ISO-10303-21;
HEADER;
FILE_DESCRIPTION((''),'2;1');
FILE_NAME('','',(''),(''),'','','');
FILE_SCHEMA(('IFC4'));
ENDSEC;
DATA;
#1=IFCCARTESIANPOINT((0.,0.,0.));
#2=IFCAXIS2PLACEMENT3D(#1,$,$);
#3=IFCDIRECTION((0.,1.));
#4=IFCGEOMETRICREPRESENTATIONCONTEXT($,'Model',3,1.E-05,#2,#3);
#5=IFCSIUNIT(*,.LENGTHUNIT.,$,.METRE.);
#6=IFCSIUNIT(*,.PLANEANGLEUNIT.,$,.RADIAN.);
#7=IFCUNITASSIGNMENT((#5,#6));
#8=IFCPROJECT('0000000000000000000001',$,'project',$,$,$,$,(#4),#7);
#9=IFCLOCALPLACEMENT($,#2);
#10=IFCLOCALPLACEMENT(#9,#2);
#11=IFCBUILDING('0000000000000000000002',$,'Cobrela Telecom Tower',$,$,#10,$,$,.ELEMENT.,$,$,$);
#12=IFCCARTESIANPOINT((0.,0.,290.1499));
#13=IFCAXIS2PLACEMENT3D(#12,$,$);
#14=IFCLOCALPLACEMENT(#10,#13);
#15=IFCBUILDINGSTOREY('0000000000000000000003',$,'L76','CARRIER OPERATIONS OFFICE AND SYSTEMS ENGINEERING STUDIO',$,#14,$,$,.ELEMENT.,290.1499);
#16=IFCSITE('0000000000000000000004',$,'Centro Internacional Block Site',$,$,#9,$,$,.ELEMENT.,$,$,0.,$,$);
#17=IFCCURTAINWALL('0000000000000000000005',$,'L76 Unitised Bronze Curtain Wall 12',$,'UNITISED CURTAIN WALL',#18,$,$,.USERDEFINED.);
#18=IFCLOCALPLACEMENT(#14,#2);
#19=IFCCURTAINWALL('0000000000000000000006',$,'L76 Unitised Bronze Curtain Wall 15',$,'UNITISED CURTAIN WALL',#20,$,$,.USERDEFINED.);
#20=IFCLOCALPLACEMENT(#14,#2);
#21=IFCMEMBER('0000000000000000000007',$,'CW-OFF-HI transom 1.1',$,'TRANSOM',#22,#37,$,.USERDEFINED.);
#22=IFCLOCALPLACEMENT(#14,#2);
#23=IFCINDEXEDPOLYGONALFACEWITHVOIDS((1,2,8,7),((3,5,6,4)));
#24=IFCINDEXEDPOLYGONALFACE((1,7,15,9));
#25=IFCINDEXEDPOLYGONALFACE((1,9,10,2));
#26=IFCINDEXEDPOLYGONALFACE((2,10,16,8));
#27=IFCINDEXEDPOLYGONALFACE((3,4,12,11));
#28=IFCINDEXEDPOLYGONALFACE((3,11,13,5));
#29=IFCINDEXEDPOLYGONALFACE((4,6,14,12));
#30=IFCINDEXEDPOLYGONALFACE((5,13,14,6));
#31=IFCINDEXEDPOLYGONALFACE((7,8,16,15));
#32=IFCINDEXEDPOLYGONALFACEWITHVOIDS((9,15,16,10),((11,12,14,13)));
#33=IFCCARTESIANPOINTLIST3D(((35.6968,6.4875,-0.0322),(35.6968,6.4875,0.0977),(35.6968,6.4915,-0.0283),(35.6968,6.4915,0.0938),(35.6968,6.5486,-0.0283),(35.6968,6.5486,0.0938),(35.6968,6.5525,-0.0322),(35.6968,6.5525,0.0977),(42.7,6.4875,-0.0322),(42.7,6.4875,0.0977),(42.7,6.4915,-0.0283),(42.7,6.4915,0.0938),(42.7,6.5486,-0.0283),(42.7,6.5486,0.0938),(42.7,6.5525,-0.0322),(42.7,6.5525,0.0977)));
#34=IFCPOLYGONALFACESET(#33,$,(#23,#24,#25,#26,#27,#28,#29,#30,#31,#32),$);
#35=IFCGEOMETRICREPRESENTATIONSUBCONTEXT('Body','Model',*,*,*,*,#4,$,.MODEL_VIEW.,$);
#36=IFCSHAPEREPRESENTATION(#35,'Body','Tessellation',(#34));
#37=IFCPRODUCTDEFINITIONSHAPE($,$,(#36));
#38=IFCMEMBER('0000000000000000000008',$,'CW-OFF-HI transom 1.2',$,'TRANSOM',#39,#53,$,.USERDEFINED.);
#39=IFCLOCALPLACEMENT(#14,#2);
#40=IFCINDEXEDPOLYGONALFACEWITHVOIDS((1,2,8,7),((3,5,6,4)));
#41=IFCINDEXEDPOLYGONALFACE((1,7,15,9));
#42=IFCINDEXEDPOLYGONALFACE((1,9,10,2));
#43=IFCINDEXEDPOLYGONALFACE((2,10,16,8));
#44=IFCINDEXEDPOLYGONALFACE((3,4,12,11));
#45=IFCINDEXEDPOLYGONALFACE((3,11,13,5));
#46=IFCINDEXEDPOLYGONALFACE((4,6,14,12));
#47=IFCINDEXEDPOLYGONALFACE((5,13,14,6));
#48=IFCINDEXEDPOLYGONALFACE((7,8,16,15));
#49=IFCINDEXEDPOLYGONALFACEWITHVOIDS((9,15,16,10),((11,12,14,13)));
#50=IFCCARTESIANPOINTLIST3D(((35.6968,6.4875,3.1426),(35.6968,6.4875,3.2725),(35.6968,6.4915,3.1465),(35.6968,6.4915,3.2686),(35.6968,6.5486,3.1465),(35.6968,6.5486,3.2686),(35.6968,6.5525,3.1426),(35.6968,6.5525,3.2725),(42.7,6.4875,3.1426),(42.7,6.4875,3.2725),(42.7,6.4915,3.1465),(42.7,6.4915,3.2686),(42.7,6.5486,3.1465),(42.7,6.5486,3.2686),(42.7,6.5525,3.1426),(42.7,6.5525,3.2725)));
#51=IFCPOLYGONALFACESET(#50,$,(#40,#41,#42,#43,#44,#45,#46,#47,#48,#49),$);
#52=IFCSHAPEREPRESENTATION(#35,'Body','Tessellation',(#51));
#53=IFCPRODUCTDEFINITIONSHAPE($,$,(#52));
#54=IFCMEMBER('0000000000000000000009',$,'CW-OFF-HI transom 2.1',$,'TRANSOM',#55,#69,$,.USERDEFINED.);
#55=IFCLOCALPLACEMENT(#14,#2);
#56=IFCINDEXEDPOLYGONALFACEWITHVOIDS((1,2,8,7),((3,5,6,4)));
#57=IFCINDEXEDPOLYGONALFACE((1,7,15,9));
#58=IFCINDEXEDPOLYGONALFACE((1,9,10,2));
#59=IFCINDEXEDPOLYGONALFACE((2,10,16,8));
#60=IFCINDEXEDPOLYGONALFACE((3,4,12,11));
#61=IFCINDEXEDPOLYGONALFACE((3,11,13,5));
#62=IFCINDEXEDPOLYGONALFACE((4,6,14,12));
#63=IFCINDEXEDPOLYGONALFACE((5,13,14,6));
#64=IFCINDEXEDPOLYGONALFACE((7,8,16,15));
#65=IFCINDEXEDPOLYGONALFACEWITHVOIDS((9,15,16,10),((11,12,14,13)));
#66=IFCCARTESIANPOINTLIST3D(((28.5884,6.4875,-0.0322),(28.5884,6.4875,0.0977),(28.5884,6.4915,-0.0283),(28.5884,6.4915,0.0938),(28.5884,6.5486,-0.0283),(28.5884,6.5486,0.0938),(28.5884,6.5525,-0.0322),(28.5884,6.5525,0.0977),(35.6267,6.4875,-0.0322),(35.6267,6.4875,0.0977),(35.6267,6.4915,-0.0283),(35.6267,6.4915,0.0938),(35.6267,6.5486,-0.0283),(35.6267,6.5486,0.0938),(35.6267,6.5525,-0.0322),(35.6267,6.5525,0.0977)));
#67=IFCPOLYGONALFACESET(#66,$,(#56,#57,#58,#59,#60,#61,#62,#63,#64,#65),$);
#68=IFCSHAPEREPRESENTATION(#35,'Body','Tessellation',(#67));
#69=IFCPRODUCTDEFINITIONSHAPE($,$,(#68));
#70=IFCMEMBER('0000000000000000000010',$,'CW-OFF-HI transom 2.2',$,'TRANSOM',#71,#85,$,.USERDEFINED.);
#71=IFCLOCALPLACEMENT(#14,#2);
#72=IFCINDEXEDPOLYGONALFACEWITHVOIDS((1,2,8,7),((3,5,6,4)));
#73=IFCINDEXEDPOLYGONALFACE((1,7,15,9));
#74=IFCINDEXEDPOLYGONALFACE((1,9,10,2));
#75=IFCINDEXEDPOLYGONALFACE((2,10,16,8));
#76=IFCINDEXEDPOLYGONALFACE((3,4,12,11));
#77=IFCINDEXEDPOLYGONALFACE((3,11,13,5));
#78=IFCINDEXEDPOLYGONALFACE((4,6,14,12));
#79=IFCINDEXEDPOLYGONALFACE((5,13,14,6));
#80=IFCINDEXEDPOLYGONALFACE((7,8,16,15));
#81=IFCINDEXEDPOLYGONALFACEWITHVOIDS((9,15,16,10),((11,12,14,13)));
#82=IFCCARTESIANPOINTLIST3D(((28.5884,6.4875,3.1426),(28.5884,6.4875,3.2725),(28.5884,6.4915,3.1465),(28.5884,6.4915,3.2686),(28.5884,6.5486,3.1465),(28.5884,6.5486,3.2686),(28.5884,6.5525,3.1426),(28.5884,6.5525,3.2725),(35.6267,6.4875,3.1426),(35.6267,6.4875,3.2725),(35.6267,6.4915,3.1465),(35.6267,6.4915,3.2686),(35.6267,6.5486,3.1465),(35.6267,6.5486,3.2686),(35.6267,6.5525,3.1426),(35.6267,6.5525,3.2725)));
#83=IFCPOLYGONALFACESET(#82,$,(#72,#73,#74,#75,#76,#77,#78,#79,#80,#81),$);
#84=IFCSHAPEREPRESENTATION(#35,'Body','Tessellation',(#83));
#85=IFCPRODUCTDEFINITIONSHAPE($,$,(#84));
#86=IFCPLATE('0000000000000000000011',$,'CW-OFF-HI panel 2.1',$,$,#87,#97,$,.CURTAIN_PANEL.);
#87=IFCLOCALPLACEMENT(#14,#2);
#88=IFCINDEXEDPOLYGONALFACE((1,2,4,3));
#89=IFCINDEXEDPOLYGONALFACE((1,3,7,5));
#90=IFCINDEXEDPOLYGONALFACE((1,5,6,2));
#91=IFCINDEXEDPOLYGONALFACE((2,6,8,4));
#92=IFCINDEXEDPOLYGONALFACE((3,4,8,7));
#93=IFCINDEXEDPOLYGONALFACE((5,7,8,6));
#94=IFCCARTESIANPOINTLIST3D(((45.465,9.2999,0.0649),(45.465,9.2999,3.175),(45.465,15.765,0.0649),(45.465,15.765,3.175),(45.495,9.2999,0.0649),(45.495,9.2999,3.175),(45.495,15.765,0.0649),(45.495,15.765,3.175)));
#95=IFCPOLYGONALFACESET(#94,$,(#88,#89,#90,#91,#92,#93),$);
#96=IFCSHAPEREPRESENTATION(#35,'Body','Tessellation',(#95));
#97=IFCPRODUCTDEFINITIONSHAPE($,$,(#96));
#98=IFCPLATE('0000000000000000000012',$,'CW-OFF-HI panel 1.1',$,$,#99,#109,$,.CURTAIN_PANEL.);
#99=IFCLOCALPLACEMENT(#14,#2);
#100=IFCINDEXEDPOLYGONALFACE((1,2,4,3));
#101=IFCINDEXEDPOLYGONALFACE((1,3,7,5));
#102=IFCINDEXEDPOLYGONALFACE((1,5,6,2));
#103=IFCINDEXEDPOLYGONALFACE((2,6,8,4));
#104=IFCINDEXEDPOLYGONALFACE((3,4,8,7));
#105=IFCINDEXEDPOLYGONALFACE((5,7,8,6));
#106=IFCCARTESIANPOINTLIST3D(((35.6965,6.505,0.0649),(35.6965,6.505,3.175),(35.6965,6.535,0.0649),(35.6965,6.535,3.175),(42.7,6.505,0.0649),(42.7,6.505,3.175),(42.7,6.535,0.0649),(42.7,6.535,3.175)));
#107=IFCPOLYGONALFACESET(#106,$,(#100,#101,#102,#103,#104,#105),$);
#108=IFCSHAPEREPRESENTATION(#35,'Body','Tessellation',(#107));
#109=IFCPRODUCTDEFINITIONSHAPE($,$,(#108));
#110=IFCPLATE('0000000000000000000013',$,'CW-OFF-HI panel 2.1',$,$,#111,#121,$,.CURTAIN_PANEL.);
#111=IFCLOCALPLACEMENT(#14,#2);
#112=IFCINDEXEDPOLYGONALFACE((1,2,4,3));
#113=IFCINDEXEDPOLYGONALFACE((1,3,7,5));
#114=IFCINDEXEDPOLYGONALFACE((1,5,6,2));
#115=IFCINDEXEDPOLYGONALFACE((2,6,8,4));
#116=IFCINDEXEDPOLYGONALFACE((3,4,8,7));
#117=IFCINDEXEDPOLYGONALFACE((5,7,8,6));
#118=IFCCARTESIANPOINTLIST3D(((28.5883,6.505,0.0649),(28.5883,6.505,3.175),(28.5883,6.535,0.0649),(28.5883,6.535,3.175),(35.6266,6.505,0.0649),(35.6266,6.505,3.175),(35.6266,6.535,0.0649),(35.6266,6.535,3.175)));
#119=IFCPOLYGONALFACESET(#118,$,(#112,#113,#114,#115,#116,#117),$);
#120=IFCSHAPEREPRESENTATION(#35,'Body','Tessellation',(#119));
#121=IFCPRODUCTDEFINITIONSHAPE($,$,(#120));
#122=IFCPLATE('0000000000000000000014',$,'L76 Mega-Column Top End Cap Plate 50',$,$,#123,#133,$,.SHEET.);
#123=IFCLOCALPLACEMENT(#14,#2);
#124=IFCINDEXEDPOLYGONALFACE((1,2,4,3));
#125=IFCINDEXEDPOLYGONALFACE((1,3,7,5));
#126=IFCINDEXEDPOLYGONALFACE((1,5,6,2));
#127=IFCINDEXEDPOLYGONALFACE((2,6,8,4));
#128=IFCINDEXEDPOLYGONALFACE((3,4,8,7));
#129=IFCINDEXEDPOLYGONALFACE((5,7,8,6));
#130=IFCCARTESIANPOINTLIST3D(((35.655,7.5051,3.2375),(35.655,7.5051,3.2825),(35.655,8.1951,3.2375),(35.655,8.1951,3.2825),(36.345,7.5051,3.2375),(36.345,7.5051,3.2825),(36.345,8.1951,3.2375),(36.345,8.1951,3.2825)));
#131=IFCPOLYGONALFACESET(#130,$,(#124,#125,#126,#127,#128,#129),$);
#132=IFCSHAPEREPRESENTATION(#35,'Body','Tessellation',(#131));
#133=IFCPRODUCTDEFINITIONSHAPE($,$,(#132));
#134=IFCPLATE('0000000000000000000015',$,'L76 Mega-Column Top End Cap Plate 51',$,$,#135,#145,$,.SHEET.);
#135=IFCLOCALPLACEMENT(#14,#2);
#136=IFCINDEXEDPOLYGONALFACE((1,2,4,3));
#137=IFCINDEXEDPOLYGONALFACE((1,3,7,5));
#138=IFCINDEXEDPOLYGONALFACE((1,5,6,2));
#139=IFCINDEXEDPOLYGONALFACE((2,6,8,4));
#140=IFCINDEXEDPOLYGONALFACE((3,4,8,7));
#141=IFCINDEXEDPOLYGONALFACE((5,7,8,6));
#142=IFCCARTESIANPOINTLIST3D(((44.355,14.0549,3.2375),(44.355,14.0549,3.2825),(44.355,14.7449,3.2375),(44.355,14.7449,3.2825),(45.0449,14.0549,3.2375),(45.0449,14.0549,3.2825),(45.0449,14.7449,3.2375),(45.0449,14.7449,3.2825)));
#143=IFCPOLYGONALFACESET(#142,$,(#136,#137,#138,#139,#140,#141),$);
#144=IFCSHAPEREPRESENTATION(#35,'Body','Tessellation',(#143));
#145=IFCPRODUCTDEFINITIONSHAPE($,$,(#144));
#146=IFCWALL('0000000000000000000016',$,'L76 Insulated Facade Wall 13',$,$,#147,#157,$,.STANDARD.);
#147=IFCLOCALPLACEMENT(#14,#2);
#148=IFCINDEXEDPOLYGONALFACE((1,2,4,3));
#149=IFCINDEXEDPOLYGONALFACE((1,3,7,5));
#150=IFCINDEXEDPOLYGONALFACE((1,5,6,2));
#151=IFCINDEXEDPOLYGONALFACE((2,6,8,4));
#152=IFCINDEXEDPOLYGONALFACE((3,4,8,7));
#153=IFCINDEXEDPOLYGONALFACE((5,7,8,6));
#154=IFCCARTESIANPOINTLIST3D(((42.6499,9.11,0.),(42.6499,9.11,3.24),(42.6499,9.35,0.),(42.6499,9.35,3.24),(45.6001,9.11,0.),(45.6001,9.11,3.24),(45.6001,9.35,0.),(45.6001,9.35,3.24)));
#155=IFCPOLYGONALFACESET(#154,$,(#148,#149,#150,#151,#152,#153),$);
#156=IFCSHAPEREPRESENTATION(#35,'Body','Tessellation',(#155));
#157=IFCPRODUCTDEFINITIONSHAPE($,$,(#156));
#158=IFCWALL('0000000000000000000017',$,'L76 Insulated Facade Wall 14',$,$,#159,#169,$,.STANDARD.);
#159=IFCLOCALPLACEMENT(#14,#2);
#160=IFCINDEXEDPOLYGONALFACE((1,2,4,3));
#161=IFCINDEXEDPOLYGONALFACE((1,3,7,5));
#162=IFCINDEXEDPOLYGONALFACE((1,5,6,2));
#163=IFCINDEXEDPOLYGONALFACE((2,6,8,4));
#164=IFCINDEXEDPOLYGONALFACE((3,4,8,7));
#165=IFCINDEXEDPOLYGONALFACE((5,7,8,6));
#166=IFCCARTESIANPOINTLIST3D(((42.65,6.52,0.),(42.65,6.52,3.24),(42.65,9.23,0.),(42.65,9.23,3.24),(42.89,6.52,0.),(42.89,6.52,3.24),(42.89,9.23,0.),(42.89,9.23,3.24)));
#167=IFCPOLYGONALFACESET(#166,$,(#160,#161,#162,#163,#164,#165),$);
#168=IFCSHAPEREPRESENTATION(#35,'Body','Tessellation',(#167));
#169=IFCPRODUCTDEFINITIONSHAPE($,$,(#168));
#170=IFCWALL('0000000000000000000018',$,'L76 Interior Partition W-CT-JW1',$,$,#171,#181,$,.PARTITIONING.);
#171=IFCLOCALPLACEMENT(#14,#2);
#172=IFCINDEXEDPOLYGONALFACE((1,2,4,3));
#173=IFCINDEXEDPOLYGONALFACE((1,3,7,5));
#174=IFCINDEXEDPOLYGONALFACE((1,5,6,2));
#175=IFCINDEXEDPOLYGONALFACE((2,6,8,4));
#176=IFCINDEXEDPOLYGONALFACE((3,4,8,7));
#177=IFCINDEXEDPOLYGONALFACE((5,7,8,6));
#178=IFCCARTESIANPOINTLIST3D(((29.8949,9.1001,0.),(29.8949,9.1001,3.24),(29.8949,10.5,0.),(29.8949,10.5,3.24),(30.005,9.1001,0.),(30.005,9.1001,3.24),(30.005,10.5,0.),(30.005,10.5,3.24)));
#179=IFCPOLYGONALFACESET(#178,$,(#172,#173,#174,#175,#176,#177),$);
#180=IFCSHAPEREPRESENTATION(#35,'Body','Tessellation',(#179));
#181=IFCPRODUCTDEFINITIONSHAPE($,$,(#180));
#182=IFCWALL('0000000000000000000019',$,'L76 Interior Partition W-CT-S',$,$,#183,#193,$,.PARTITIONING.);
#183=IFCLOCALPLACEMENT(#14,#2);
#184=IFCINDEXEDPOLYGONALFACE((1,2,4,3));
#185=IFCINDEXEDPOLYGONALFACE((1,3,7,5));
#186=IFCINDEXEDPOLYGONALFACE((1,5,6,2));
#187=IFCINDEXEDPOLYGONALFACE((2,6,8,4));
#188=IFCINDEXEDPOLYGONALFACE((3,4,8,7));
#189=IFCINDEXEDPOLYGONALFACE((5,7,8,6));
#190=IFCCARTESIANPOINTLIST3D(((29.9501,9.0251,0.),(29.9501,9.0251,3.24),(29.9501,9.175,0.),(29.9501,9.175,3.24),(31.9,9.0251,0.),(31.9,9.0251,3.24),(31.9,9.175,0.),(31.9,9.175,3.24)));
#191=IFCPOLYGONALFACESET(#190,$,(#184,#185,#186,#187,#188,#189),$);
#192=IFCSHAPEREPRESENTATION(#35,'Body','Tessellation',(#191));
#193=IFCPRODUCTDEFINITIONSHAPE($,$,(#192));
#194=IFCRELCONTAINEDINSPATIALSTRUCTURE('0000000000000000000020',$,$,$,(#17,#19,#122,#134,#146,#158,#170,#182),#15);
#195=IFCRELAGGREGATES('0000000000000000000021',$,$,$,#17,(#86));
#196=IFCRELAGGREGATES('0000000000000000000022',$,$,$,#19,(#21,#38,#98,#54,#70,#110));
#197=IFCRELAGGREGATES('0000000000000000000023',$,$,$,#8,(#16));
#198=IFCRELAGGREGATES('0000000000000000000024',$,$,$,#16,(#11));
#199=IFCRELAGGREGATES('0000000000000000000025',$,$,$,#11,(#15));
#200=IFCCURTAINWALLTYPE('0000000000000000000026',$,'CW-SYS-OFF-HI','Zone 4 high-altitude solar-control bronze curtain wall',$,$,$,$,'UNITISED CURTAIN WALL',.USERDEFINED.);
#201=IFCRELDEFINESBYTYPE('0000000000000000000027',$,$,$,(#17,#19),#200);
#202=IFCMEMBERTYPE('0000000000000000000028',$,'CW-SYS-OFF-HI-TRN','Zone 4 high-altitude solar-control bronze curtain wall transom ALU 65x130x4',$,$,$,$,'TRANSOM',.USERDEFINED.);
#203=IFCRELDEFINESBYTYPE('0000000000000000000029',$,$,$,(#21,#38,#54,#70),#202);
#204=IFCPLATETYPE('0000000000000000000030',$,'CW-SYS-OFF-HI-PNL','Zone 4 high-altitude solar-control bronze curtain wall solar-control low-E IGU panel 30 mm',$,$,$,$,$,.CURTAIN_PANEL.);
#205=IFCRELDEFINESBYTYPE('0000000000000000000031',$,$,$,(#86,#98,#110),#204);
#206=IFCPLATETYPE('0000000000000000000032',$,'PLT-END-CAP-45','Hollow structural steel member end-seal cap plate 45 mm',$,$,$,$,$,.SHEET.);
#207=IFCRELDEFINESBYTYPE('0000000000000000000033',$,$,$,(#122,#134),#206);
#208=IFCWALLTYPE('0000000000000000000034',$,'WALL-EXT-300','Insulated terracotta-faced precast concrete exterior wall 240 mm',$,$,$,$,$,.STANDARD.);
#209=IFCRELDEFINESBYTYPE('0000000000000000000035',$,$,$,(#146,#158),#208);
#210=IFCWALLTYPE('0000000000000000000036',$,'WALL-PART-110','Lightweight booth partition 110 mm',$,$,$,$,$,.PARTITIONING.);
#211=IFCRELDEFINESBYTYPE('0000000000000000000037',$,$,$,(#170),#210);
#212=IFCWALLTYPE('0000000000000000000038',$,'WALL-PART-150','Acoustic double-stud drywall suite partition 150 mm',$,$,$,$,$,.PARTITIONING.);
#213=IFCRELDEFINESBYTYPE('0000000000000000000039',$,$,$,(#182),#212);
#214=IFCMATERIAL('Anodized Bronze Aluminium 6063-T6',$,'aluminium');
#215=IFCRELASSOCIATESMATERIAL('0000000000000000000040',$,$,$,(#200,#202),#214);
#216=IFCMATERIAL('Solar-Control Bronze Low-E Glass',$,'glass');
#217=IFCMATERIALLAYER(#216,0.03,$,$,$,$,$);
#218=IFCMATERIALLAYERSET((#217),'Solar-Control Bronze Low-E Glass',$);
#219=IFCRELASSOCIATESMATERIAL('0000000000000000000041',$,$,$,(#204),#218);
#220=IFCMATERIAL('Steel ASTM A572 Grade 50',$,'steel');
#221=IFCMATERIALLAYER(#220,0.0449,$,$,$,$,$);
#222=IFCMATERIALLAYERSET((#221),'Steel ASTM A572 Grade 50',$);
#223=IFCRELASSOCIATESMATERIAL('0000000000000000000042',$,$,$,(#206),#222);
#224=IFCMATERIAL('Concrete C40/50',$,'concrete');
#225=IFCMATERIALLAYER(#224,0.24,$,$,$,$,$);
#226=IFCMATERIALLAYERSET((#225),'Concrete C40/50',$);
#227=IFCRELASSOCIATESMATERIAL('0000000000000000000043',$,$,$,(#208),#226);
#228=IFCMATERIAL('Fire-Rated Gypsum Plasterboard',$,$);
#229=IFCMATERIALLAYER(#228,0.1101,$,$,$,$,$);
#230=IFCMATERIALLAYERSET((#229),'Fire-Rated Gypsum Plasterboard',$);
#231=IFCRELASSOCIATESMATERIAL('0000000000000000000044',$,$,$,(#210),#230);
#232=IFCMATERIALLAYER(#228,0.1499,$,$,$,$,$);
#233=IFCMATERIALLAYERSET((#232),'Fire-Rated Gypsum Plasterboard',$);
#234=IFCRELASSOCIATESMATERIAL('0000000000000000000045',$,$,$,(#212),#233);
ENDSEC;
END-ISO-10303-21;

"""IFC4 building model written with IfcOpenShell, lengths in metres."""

from ifc_helpers import new_model, si_unit, direction, frame, frame_2d, origin, origin_2d, place, context, subcontext, project, spatial, rectangle, hollow_rectangle, extrude, material, layer, layer_set, material_profile, profile_set, type_object, element, aggregate, save


model = new_model("IFC4")

# Units and contexts
model_context = context("Model", 3, precision=1e-05, world=origin(), true_north=direction((0.0, 1.0)))
body_context = subcontext(model_context, "Body", "Model", "MODEL_VIEW")
ifc_project = project(units=[si_unit("LENGTHUNIT", "METRE"), si_unit("PLANEANGLEUNIT", "RADIAN")], contexts=[model_context])

# Site, building, storey
site_placement = place(None, origin())
site = spatial("IfcSite", under=ifc_project, at=site_placement, Name="Centro Internacional Block Site", CompositionType="ELEMENT", RefElevation=0.0)
building_placement = place(site_placement, origin())
building = spatial("IfcBuilding", under=site, at=building_placement, Name="Cobrela Telecom Tower", CompositionType="ELEMENT")
storey_placement = place(building_placement, frame((0.0, 0.0, 290.1499)))
storey = spatial("IfcBuildingStorey", under=building, at=storey_placement, Name="L76", Description="CARRIER OPERATIONS OFFICE AND SYSTEMS ENGINEERING STUDIO", CompositionType="ELEMENT", Elevation=290.1499)

# Shared definitions
ifc_material_1 = material(Name="Steel ASTM A572 Grade 50", Category="steel")

# Curtain wall
ifc_material_2 = material(Name="Anodized Bronze Aluminium 6063-T6", Category="aluminium")
curtain_wall_type = type_object("IfcCurtainWallType", Name="CW-SYS-OFF-HI", Description="Zone 4 high-altitude solar-control bronze curtain wall", ElementType="UNITISED CURTAIN WALL", PredefinedType="USERDEFINED", material=ifc_material_2)
curtain_wall_1_placement = place(storey_placement, origin())
curtain_wall_1 = element("IfcCurtainWall", 1, at=curtain_wall_1_placement, inside=storey, type_object=curtain_wall_type, Name="L76 Unitised Bronze Curtain Wall 12", ObjectType="UNITISED CURTAIN WALL", PredefinedType="USERDEFINED")

# Curtain wall, members
curtain_wall_2_placement = place(storey_placement, origin())
curtain_wall_2 = element("IfcCurtainWall", 2, at=curtain_wall_2_placement, inside=storey, type_object=curtain_wall_type, Name="L76 Unitised Bronze Curtain Wall 15", ObjectType="UNITISED CURTAIN WALL", PredefinedType="USERDEFINED")
ifc_material_profile_1 = material_profile(ifc_material_2, hollow_rectangle(XDim=0.0649, YDim=0.1299, WallThickness=0.0039, at=origin_2d()), Name="ALU 65x130x4")
ifc_profile_set_1 = profile_set([ifc_material_profile_1], Name="Anodized Bronze Aluminium 6063-T6")
member_type_1 = type_object("IfcMemberType", Name="CW-SYS-OFF-HI-TRN", Description="Zone 4 high-altitude solar-control bronze curtain wall transom ALU 65x130x4", ElementType="TRANSOM", PredefinedType="USERDEFINED", material=ifc_profile_set_1)
member_1_placement = place(storey_placement, frame((42.7, 6.52, 0.0327), z_axis=(-1.0, 0.0, 0.0), x_axis=(0.0, -1.0, 0.0)))
member_1 = element("IfcMember", 3, at=member_1_placement, type_object=member_type_1, Name="CW-OFF-HI transom 1.1", ObjectType="TRANSOM", PredefinedType="USERDEFINED", context=body_context, shape_type="SweptSolid", body=[
    extrude(hollow_rectangle(XDim=0.0649, YDim=0.1299, WallThickness=0.0039, at=origin_2d()), origin(), (0.0, 0.0, 1.0), 7.0032),
])
member_2_placement = place(storey_placement, frame((42.7, 6.52, 3.2075), z_axis=(-1.0, 0.0, 0.0), x_axis=(0.0, -1.0, 0.0)))
member_2 = element("IfcMember", 4, at=member_2_placement, type_object=member_type_1, Name="CW-OFF-HI transom 1.2", ObjectType="TRANSOM", PredefinedType="USERDEFINED", context=body_context, shape_type="SweptSolid", body=[
    extrude(hollow_rectangle(XDim=0.0649, YDim=0.1299, WallThickness=0.0039, at=origin_2d()), origin(), (0.0, 0.0, 1.0), 7.0032),
])
member_3_placement = place(storey_placement, frame((35.6267, 6.52, 0.0327), z_axis=(-1.0, 0.0, 0.0), x_axis=(0.0, -1.0, 0.0)))
member_3 = element("IfcMember", 5, at=member_3_placement, type_object=member_type_1, Name="CW-OFF-HI transom 2.1", ObjectType="TRANSOM", PredefinedType="USERDEFINED", context=body_context, shape_type="SweptSolid", body=[
    extrude(hollow_rectangle(XDim=0.0649, YDim=0.1299, WallThickness=0.0039, at=origin_2d()), origin(), (0.0, 0.0, 1.0), 7.0383),
])
member_4_placement = place(storey_placement, frame((35.6267, 6.52, 3.2075), z_axis=(-1.0, 0.0, 0.0), x_axis=(0.0, -1.0, 0.0)))
member_4 = element("IfcMember", 6, at=member_4_placement, type_object=member_type_1, Name="CW-OFF-HI transom 2.2", ObjectType="TRANSOM", PredefinedType="USERDEFINED", context=body_context, shape_type="SweptSolid", body=[
    extrude(hollow_rectangle(XDim=0.0649, YDim=0.1299, WallThickness=0.0039, at=origin_2d()), origin(), (0.0, 0.0, 1.0), 7.0383),
])

# Plates
ifc_material_3 = material(Name="Solar-Control Bronze Low-E Glass", Category="glass")
ifc_layer_1 = layer(ifc_material_3, 0.03)
ifc_layer_set_1 = layer_set([ifc_layer_1], Name="Solar-Control Bronze Low-E Glass")
plate_type_1 = type_object("IfcPlateType", Name="CW-SYS-OFF-HI-PNL", Description="Zone 4 high-altitude solar-control bronze curtain wall solar-control low-E IGU panel 30 mm", PredefinedType="CURTAIN_PANEL", material=ifc_layer_set_1)
plate_1_placement = place(storey_placement, frame((45.48, 12.5325, 0.0649), z_axis=(0.0, 0.0, 1.0), x_axis=(0.0, -1.0, 0.0)))
plate_1 = element("IfcPlate", 7, at=plate_1_placement, type_object=plate_type_1, Name="CW-OFF-HI panel 2.1", PredefinedType="CURTAIN_PANEL", context=body_context, shape_type="SweptSolid", body=[
    extrude(rectangle(XDim=6.4651, YDim=0.03, at=origin_2d()), origin(), (0.0, 0.0, 1.0), 3.1101),
])
aggregate(curtain_wall_1, [plate_1])
plate_2_placement = place(storey_placement, frame((39.1982, 6.52, 0.0649), z_axis=(0.0, 0.0, 1.0), x_axis=(-1.0, 0.0, 0.0)))
plate_2 = element("IfcPlate", 8, at=plate_2_placement, type_object=plate_type_1, Name="CW-OFF-HI panel 1.1", PredefinedType="CURTAIN_PANEL", context=body_context, shape_type="SweptSolid", body=[
    extrude(rectangle(XDim=7.0034, YDim=0.03, at=origin_2d()), origin(), (0.0, 0.0, 1.0), 3.1101),
])
plate_3_placement = place(storey_placement, frame((32.1074, 6.52, 0.0649), z_axis=(0.0, 0.0, 1.0), x_axis=(-1.0, 0.0, 0.0)))
plate_3 = element("IfcPlate", 9, at=plate_3_placement, type_object=plate_type_1, Name="CW-OFF-HI panel 2.1", PredefinedType="CURTAIN_PANEL", context=body_context, shape_type="SweptSolid", body=[
    extrude(rectangle(XDim=7.0383, YDim=0.03, at=origin_2d()), origin(), (0.0, 0.0, 1.0), 3.1101),
])
aggregate(curtain_wall_2, [member_1, member_2, plate_2, member_3, member_4, plate_3])

# Plates
ifc_layer_2 = layer(ifc_material_1, 0.0449)
ifc_layer_set_2 = layer_set([ifc_layer_2], Name="Steel ASTM A572 Grade 50")
plate_type_2 = type_object("IfcPlateType", Name="PLT-END-CAP-45", Description="Hollow structural steel member end-seal cap plate 45 mm", PredefinedType="SHEET", material=ifc_layer_set_2)
for number, where, z_axis, x_axis, name in (
    (10, (36.0, 7.8501, 3.2375), (0.0, 0.0, 1.0), (1.0, 0.0, 0.0), "L76 Mega-Column Top End Cap Plate 50"),
    (11, (44.7, 14.3999, 3.2375), (0.0, 0.0, 1.0), (1.0, 0.0, 0.0), "L76 Mega-Column Top End Cap Plate 51"),
):
    element("IfcPlate", number, at=place(storey_placement, frame(where, z_axis=z_axis, x_axis=x_axis)), inside=storey, type_object=plate_type_2, Name=name, PredefinedType="SHEET", context=body_context, shape_type="SweptSolid", body=[
        extrude(rectangle(XDim=0.6899, YDim=0.6899, at=origin_2d()), origin(), (0.0, 0.0, 1.0), 0.0449),
    ])

# Walls
ifc_material_4 = material(Name="Concrete C40/50", Category="concrete")
ifc_layer_3 = layer(ifc_material_4, 0.24)
ifc_layer_set_3 = layer_set([ifc_layer_3], Name="Concrete C40/50")
wall_type_1 = type_object("IfcWallType", Name="WALL-EXT-300", Description="Insulated terracotta-faced precast concrete exterior wall 240 mm", PredefinedType="STANDARD", material=ifc_layer_set_3)
wall_1_placement = place(storey_placement, frame((45.6001, 9.23, 0.0), z_axis=(0.0, 0.0, 1.0), x_axis=(-1.0, 0.0, 0.0)))
element("IfcWall", 12, at=wall_1_placement, inside=storey, type_object=wall_type_1, Name="L76 Insulated Facade Wall 13", PredefinedType="STANDARD", context=body_context, shape_type="SweptSolid", body=[
    extrude(rectangle(XDim=2.9502, YDim=0.24, at=frame_2d((1.4751, 0.0))), origin(), (0.0, 0.0, 1.0), 3.24),
])
wall_2_placement = place(storey_placement, frame((42.77, 9.23, 0.0), z_axis=(0.0, 0.0, 1.0), x_axis=(0.0, -1.0, 0.0)))
element("IfcWall", 13, at=wall_2_placement, inside=storey, type_object=wall_type_1, Name="L76 Insulated Facade Wall 14", PredefinedType="STANDARD", context=body_context, shape_type="SweptSolid", body=[
    extrude(rectangle(XDim=2.71, YDim=0.24, at=frame_2d((1.355, 0.0))), origin(), (0.0, 0.0, 1.0), 3.24),
])
ifc_material_5 = material(Name="Fire-Rated Gypsum Plasterboard")
ifc_layer_4 = layer(ifc_material_5, 0.1101)
ifc_layer_set_4 = layer_set([ifc_layer_4], Name="Fire-Rated Gypsum Plasterboard")
wall_type_2 = type_object("IfcWallType", Name="WALL-PART-110", Description="Lightweight booth partition 110 mm", PredefinedType="PARTITIONING", material=ifc_layer_set_4)
wall_3_placement = place(storey_placement, frame((29.95, 9.1001, 0.0), z_axis=(0.0, 0.0, 1.0), x_axis=(0.0, 1.0, 0.0)))
element("IfcWall", 14, at=wall_3_placement, inside=storey, type_object=wall_type_2, Name="L76 Interior Partition W-CT-JW1", PredefinedType="PARTITIONING", context=body_context, shape_type="SweptSolid", body=[
    extrude(rectangle(XDim=1.3999, YDim=0.1101, at=frame_2d((0.7, 0.0))), origin(), (0.0, 0.0, 1.0), 3.24),
])
ifc_layer_5 = layer(ifc_material_5, 0.1499)
ifc_layer_set_5 = layer_set([ifc_layer_5], Name="Fire-Rated Gypsum Plasterboard")
wall_type_3 = type_object("IfcWallType", Name="WALL-PART-150", Description="Acoustic double-stud drywall suite partition 150 mm", PredefinedType="PARTITIONING", material=ifc_layer_set_5)
wall_4_placement = place(storey_placement, frame((29.95, 9.1001, 0.0), z_axis=(0.0, 0.0, 1.0), x_axis=(1.0, 0.0, 0.0)))
element("IfcWall", 15, at=wall_4_placement, inside=storey, type_object=wall_type_3, Name="L76 Interior Partition W-CT-S", PredefinedType="PARTITIONING", context=body_context, shape_type="SweptSolid", body=[
    extrude(rectangle(XDim=1.95, YDim=0.1499, at=frame_2d((0.9751, 0.0))), origin(), (0.0, 0.0, 1.0), 3.24),
])

save(model, "model.ifc")
